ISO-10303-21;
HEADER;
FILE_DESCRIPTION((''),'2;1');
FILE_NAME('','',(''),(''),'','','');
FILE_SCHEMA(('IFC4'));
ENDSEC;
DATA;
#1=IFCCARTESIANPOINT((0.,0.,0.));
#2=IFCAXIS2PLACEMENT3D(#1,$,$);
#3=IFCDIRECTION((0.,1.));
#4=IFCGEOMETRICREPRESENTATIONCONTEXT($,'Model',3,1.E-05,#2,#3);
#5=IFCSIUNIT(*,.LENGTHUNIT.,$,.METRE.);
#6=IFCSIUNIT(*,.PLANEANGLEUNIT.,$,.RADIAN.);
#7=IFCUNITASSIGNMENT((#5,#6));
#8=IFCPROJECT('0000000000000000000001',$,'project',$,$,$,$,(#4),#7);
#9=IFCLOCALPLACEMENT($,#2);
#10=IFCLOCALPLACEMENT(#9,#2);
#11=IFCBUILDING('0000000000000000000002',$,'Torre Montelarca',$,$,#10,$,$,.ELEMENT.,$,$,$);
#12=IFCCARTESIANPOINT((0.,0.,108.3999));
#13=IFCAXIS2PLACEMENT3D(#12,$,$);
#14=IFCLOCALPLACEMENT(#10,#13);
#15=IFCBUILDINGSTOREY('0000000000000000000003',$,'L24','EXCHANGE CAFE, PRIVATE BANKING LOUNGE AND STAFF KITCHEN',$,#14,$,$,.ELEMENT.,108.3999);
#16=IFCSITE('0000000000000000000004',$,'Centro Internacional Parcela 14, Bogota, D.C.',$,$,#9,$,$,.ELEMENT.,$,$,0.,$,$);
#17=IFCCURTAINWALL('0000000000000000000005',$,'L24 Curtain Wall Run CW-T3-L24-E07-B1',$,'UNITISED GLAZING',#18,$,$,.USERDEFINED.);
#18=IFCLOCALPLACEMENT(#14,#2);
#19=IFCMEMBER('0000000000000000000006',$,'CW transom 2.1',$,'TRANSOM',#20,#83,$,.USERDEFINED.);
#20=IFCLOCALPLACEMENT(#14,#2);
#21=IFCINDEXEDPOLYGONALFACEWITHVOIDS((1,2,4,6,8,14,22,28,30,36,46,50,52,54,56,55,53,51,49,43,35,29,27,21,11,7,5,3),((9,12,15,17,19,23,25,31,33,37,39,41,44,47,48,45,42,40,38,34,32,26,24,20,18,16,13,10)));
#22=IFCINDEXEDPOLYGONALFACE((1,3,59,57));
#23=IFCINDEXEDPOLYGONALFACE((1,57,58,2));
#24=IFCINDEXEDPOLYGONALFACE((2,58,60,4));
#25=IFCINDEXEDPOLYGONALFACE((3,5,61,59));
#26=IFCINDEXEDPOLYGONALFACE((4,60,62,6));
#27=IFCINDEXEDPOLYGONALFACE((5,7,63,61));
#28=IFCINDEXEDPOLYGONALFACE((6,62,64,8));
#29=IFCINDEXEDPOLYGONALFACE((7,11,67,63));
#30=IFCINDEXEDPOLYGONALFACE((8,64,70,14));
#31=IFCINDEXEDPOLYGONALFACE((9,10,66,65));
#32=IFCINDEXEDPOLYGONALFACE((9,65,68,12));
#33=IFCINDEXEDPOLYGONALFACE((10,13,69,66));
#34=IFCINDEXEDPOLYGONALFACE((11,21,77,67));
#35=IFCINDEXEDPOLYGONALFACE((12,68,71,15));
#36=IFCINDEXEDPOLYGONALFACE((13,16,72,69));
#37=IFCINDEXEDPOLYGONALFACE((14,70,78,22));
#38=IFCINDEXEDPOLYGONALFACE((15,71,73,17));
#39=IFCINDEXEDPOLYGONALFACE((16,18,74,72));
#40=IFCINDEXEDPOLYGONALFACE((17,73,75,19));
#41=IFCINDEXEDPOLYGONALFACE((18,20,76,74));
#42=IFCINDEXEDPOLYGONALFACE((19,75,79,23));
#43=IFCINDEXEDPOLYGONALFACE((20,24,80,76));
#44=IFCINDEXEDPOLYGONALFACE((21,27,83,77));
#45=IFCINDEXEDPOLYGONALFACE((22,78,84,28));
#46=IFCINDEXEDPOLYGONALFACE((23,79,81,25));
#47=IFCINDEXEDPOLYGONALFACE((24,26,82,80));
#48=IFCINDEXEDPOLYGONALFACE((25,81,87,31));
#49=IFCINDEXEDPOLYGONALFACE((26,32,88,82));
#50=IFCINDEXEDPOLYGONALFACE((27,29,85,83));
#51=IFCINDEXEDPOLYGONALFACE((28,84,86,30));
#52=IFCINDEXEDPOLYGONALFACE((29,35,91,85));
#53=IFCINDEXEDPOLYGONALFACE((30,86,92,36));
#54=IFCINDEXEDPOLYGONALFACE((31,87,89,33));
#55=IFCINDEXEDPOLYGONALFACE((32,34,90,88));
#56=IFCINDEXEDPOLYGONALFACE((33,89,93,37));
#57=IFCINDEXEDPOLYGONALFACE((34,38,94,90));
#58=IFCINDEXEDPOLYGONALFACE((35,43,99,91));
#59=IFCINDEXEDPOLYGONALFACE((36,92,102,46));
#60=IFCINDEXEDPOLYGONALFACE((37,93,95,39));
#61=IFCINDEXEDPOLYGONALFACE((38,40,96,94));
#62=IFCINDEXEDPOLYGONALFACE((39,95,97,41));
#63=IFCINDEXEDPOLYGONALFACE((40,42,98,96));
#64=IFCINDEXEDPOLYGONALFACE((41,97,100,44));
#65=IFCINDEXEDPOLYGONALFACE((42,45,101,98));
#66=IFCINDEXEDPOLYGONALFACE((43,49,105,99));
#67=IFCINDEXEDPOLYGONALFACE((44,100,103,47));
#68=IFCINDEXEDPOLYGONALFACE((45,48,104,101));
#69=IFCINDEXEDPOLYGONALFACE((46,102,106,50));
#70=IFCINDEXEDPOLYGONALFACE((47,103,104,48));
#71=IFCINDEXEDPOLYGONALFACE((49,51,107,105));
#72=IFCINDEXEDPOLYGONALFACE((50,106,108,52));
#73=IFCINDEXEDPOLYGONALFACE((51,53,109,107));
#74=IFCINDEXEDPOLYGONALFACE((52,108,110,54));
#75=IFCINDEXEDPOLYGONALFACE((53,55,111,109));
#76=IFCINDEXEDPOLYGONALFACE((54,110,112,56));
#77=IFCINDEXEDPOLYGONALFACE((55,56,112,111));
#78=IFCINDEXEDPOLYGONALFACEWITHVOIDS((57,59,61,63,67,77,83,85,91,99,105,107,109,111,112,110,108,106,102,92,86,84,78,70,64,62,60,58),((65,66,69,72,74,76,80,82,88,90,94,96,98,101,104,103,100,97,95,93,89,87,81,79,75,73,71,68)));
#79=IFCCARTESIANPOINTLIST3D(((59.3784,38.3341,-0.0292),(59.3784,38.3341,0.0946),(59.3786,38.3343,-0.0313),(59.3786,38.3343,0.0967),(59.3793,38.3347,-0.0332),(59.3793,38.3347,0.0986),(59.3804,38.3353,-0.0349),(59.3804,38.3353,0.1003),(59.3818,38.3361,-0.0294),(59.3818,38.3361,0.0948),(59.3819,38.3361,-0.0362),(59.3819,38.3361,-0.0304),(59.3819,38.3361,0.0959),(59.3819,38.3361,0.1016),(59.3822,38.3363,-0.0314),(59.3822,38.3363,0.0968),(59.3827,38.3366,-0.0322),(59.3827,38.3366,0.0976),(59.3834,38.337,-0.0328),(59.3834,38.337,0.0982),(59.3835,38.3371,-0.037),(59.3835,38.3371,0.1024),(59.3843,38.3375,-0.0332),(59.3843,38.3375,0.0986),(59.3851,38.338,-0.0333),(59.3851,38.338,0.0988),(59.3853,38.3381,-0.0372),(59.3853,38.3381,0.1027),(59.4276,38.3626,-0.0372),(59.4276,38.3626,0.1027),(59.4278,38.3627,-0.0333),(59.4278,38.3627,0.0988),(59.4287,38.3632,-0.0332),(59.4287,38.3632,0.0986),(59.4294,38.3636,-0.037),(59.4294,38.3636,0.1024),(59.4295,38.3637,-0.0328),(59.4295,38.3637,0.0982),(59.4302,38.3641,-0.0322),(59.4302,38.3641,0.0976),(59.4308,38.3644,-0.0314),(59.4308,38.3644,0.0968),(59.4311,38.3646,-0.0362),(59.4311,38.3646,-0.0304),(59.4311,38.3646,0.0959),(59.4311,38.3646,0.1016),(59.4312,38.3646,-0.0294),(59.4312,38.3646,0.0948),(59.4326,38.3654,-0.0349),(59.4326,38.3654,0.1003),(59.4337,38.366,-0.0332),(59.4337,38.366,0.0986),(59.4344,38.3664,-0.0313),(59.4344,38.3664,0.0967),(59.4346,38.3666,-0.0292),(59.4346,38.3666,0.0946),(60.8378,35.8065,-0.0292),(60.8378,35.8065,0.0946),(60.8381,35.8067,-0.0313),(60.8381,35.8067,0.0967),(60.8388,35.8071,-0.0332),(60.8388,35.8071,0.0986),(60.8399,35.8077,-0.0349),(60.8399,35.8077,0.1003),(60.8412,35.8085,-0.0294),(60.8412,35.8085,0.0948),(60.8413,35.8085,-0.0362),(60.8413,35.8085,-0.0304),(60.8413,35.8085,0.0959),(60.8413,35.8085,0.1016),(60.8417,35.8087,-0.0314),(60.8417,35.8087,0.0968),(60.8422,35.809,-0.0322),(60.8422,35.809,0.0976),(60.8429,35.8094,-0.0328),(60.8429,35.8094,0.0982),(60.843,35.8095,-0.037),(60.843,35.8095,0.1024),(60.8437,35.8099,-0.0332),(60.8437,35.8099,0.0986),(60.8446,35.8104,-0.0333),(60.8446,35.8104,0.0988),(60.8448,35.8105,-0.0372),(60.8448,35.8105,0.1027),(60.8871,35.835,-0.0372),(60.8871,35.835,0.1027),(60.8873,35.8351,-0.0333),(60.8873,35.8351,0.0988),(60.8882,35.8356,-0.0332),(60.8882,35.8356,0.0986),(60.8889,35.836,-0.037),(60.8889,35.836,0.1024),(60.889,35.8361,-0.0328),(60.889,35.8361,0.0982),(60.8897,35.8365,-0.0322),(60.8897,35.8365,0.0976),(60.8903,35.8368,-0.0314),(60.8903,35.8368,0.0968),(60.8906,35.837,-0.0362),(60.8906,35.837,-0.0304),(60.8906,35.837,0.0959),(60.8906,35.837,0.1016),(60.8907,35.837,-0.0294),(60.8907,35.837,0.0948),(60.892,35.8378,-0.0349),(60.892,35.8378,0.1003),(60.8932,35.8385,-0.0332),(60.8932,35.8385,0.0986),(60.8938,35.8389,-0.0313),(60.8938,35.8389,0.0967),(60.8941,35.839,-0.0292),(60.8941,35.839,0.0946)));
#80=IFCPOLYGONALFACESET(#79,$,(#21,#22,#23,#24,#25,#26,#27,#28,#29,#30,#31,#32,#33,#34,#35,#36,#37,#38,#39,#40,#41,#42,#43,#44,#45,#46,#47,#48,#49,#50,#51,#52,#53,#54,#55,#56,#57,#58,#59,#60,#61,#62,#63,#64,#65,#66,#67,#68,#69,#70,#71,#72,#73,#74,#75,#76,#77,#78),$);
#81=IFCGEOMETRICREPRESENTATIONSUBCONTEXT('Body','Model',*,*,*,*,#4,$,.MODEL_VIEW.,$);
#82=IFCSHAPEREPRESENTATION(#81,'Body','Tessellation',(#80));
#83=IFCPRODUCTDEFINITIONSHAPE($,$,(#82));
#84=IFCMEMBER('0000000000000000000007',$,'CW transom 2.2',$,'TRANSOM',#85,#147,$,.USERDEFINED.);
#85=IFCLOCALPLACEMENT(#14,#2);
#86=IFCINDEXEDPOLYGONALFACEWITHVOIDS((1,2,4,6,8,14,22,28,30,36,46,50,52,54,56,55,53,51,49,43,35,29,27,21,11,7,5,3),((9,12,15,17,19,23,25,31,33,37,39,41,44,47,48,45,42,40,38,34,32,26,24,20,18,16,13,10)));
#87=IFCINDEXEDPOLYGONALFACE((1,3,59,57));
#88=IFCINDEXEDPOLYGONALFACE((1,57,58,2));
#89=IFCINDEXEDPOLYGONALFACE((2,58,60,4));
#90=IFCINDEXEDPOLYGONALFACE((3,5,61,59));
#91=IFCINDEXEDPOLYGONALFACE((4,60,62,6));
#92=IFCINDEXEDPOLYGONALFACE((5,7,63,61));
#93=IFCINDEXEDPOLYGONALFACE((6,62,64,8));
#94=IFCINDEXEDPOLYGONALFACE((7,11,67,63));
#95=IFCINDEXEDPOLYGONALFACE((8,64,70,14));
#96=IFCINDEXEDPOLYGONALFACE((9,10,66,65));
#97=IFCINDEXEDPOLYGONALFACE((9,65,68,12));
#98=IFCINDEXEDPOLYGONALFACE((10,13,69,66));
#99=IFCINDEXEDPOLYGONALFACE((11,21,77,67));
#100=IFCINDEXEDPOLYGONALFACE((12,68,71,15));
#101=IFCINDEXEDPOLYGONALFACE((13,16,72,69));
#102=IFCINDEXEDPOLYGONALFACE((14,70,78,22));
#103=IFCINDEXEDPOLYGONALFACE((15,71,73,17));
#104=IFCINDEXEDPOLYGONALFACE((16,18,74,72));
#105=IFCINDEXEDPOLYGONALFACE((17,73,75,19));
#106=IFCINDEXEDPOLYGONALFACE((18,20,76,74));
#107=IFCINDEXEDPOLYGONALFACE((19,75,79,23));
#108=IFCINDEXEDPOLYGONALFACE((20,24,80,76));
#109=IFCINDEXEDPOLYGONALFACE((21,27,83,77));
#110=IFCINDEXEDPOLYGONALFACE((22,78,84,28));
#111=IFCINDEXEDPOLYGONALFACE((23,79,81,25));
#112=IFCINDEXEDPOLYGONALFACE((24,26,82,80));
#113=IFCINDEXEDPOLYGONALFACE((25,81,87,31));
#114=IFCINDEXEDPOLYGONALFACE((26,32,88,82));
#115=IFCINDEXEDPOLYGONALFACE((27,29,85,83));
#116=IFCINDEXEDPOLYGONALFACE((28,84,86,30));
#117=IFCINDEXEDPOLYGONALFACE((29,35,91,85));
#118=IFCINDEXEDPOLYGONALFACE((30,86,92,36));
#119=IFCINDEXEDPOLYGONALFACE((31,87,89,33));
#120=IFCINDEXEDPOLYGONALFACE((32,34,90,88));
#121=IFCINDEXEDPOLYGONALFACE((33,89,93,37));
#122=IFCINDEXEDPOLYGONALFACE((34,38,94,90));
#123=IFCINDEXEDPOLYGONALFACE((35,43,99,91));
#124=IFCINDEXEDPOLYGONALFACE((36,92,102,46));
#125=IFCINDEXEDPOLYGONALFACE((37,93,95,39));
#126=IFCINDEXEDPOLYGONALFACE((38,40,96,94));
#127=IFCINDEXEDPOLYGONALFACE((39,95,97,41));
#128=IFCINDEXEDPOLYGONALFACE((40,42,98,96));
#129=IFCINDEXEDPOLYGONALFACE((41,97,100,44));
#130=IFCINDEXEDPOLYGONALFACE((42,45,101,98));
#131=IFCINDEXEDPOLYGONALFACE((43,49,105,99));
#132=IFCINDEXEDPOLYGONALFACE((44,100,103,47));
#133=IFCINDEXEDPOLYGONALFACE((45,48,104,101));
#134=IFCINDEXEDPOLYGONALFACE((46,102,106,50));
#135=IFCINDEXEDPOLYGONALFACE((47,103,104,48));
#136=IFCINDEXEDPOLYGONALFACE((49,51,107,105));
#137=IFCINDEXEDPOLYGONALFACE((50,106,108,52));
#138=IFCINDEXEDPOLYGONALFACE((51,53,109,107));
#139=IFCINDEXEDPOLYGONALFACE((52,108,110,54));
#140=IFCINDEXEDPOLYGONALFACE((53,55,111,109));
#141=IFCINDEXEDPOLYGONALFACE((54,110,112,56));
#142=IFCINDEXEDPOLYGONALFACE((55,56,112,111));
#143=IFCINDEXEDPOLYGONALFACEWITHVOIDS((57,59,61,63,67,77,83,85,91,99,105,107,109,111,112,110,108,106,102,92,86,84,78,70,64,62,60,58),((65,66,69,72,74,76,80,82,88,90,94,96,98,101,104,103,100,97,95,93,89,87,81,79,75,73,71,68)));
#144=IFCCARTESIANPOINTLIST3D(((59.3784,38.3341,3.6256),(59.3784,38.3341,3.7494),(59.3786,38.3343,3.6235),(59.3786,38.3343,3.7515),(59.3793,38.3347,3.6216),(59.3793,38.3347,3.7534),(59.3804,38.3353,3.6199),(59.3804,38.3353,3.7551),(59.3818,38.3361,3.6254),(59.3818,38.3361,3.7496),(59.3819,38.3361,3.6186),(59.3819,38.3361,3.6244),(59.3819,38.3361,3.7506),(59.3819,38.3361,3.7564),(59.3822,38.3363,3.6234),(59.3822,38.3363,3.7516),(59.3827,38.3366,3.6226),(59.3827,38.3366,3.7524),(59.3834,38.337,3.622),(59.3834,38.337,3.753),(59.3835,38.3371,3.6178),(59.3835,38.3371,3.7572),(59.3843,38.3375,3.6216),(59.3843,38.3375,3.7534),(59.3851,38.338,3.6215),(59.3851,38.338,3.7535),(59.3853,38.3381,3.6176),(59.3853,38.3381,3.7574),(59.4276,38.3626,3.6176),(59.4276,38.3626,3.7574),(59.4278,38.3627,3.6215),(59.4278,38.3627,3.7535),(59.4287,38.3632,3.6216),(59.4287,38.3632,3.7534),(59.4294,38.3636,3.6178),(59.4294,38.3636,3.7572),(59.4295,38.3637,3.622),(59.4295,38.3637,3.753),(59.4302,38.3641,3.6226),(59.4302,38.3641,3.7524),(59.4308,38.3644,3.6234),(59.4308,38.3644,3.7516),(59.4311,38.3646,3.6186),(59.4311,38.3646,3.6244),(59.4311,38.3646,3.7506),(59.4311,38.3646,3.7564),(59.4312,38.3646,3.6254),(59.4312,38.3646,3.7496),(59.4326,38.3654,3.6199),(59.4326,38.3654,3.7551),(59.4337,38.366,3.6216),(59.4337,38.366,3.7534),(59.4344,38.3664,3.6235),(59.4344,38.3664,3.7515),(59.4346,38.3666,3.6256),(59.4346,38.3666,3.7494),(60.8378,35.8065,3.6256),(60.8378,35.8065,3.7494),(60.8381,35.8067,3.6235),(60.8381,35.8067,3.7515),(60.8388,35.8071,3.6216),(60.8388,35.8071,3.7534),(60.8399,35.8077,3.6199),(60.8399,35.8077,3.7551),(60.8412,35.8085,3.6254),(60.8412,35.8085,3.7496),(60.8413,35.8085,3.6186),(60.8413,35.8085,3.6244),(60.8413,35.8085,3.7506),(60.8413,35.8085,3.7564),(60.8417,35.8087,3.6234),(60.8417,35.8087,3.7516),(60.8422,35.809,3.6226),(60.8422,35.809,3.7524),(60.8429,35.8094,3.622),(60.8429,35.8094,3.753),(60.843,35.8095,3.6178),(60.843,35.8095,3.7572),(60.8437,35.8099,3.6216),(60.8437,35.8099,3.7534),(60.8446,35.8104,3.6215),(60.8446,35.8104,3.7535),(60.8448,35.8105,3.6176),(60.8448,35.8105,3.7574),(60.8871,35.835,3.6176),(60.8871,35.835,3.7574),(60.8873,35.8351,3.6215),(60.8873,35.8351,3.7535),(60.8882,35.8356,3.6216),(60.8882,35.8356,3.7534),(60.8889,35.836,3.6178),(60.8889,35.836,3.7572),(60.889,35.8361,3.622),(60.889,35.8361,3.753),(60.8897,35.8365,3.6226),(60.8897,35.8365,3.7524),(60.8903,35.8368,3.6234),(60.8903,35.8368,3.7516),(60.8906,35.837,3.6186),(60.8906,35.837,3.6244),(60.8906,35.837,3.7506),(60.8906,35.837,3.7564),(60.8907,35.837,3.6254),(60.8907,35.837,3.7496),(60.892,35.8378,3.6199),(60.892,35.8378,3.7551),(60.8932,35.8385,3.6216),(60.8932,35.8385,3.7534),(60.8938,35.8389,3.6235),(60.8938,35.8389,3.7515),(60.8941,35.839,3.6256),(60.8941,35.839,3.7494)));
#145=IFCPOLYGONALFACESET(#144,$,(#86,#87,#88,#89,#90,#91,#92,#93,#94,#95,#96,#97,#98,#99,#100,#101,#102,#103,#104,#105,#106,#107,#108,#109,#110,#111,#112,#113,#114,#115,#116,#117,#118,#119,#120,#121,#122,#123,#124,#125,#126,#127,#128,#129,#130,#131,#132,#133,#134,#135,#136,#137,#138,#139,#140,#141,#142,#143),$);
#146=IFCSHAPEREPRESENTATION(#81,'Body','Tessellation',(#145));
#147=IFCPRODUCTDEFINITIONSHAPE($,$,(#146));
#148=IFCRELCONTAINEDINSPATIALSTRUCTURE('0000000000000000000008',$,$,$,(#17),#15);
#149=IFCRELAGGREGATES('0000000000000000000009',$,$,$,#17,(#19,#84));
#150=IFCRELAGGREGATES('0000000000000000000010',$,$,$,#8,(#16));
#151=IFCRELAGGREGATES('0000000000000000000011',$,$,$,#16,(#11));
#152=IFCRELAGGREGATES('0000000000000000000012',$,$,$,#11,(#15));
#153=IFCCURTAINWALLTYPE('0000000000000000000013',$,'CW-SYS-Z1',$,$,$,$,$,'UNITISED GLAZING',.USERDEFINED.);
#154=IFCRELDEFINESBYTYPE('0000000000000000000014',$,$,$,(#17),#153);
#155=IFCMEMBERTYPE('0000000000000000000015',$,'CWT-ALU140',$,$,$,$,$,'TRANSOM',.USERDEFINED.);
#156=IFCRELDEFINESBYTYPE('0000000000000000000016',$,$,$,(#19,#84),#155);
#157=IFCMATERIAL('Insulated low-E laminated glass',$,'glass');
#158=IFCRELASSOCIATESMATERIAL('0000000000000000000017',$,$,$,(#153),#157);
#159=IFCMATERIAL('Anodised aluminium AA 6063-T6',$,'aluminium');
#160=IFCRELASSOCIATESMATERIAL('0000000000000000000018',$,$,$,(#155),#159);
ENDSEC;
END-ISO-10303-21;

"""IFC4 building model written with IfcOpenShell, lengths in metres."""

from ifc_helpers import new_model, si_unit, direction, frame, origin, origin_2d, place, context, subcontext, project, spatial, hollow_rectangle, extrude, source, transform, mapped, material, material_profile, profile_set, type_object, element, aggregate, save


model = new_model("IFC4")

# Units and contexts
model_context = context("Model", 3, precision=1e-05, world=origin(), true_north=direction((0.0, 1.0)))
body_context = subcontext(model_context, "Body", "Model", "MODEL_VIEW")
ifc_project = project(units=[si_unit("LENGTHUNIT", "METRE"), si_unit("PLANEANGLEUNIT", "RADIAN")], contexts=[model_context])

# Site, building, storey
site_placement = place(None, origin())
site = spatial("IfcSite", under=ifc_project, at=site_placement, Name="Centro Internacional Parcela 14, Bogota, D.C.", CompositionType="ELEMENT", RefElevation=0.0)
building_placement = place(site_placement, origin())
building = spatial("IfcBuilding", under=site, at=building_placement, Name="Torre Montelarca", CompositionType="ELEMENT")
storey_placement = place(building_placement, frame((0.0, 0.0, 108.3999)))
storey = spatial("IfcBuildingStorey", under=building, at=storey_placement, Name="L24", Description="EXCHANGE CAFE, PRIVATE BANKING LOUNGE AND STAFF KITCHEN", CompositionType="ELEMENT", Elevation=108.3999)

# Curtain wall, members
ifc_material_1 = material(Name="Insulated low-E laminated glass", Category="glass")
curtain_wall_type = type_object("IfcCurtainWallType", Name="CW-SYS-Z1", ElementType="UNITISED GLAZING", PredefinedType="USERDEFINED", material=ifc_material_1)
curtain_wall_1_placement = place(storey_placement, origin())
curtain_wall_1 = element("IfcCurtainWall", 1, at=curtain_wall_1_placement, inside=storey, type_object=curtain_wall_type, Name="L24 Curtain Wall Run CW-T3-L24-E07-B1", ObjectType="UNITISED GLAZING", PredefinedType="USERDEFINED")
ifc_material_2 = material(Name="Anodised aluminium AA 6063-T6", Category="aluminium")
ifc_material_profile_1 = material_profile(ifc_material_2, hollow_rectangle(XDim=0.0649, YDim=0.1399, WallThickness=0.0039, InnerFilletRadius=0.0039, OuterFilletRadius=0.0081, at=origin_2d()), Name="ALU65X140X4", Category="aluminium")
ifc_profile_set_1 = profile_set([ifc_material_profile_1], Name="Anodised aluminium AA 6063-T6")
member_type_1 = type_object("IfcMemberType", Name="CWT-ALU140", ElementType="TRANSOM", PredefinedType="USERDEFINED", material=ifc_profile_set_1)
shared_shape_1 = source(origin(), body_context, "Body", "SweptSolid", [
    extrude(hollow_rectangle(XDim=0.0649, YDim=0.1399, WallThickness=0.0039, InnerFilletRadius=0.0039, OuterFilletRadius=0.0081, at=origin_2d()), origin(), (0.0, 0.0, 1.0), 2.9187),
])
member_1_placement = place(storey_placement, frame((60.866, 35.8228, 0.0327), z_axis=(-0.500043, 0.866, 0.0), x_axis=(-0.866, -0.500043, 0.0)))
member_1 = element("IfcMember", 2, at=member_1_placement, type_object=member_type_1, Name="CW transom 2.1", ObjectType="TRANSOM", PredefinedType="USERDEFINED", context=body_context, shape_type="MappedRepresentation", body=[
    mapped(shared_shape_1, transform((0.0, 0.0, 0.0), scale=1.0)),
])
member_2_placement = place(storey_placement, frame((60.866, 35.8228, 3.6875), z_axis=(-0.500043, 0.866, 0.0), x_axis=(-0.866, -0.500043, 0.0)))
member_2 = element("IfcMember", 3, at=member_2_placement, type_object=member_type_1, Name="CW transom 2.2", ObjectType="TRANSOM", PredefinedType="USERDEFINED", context=body_context, shape_type="MappedRepresentation", body=[
    mapped(shared_shape_1, transform((0.0, 0.0, 0.0), scale=1.0)),
])

aggregate(curtain_wall_1, [member_1, member_2])

save(model, "model.ifc")
